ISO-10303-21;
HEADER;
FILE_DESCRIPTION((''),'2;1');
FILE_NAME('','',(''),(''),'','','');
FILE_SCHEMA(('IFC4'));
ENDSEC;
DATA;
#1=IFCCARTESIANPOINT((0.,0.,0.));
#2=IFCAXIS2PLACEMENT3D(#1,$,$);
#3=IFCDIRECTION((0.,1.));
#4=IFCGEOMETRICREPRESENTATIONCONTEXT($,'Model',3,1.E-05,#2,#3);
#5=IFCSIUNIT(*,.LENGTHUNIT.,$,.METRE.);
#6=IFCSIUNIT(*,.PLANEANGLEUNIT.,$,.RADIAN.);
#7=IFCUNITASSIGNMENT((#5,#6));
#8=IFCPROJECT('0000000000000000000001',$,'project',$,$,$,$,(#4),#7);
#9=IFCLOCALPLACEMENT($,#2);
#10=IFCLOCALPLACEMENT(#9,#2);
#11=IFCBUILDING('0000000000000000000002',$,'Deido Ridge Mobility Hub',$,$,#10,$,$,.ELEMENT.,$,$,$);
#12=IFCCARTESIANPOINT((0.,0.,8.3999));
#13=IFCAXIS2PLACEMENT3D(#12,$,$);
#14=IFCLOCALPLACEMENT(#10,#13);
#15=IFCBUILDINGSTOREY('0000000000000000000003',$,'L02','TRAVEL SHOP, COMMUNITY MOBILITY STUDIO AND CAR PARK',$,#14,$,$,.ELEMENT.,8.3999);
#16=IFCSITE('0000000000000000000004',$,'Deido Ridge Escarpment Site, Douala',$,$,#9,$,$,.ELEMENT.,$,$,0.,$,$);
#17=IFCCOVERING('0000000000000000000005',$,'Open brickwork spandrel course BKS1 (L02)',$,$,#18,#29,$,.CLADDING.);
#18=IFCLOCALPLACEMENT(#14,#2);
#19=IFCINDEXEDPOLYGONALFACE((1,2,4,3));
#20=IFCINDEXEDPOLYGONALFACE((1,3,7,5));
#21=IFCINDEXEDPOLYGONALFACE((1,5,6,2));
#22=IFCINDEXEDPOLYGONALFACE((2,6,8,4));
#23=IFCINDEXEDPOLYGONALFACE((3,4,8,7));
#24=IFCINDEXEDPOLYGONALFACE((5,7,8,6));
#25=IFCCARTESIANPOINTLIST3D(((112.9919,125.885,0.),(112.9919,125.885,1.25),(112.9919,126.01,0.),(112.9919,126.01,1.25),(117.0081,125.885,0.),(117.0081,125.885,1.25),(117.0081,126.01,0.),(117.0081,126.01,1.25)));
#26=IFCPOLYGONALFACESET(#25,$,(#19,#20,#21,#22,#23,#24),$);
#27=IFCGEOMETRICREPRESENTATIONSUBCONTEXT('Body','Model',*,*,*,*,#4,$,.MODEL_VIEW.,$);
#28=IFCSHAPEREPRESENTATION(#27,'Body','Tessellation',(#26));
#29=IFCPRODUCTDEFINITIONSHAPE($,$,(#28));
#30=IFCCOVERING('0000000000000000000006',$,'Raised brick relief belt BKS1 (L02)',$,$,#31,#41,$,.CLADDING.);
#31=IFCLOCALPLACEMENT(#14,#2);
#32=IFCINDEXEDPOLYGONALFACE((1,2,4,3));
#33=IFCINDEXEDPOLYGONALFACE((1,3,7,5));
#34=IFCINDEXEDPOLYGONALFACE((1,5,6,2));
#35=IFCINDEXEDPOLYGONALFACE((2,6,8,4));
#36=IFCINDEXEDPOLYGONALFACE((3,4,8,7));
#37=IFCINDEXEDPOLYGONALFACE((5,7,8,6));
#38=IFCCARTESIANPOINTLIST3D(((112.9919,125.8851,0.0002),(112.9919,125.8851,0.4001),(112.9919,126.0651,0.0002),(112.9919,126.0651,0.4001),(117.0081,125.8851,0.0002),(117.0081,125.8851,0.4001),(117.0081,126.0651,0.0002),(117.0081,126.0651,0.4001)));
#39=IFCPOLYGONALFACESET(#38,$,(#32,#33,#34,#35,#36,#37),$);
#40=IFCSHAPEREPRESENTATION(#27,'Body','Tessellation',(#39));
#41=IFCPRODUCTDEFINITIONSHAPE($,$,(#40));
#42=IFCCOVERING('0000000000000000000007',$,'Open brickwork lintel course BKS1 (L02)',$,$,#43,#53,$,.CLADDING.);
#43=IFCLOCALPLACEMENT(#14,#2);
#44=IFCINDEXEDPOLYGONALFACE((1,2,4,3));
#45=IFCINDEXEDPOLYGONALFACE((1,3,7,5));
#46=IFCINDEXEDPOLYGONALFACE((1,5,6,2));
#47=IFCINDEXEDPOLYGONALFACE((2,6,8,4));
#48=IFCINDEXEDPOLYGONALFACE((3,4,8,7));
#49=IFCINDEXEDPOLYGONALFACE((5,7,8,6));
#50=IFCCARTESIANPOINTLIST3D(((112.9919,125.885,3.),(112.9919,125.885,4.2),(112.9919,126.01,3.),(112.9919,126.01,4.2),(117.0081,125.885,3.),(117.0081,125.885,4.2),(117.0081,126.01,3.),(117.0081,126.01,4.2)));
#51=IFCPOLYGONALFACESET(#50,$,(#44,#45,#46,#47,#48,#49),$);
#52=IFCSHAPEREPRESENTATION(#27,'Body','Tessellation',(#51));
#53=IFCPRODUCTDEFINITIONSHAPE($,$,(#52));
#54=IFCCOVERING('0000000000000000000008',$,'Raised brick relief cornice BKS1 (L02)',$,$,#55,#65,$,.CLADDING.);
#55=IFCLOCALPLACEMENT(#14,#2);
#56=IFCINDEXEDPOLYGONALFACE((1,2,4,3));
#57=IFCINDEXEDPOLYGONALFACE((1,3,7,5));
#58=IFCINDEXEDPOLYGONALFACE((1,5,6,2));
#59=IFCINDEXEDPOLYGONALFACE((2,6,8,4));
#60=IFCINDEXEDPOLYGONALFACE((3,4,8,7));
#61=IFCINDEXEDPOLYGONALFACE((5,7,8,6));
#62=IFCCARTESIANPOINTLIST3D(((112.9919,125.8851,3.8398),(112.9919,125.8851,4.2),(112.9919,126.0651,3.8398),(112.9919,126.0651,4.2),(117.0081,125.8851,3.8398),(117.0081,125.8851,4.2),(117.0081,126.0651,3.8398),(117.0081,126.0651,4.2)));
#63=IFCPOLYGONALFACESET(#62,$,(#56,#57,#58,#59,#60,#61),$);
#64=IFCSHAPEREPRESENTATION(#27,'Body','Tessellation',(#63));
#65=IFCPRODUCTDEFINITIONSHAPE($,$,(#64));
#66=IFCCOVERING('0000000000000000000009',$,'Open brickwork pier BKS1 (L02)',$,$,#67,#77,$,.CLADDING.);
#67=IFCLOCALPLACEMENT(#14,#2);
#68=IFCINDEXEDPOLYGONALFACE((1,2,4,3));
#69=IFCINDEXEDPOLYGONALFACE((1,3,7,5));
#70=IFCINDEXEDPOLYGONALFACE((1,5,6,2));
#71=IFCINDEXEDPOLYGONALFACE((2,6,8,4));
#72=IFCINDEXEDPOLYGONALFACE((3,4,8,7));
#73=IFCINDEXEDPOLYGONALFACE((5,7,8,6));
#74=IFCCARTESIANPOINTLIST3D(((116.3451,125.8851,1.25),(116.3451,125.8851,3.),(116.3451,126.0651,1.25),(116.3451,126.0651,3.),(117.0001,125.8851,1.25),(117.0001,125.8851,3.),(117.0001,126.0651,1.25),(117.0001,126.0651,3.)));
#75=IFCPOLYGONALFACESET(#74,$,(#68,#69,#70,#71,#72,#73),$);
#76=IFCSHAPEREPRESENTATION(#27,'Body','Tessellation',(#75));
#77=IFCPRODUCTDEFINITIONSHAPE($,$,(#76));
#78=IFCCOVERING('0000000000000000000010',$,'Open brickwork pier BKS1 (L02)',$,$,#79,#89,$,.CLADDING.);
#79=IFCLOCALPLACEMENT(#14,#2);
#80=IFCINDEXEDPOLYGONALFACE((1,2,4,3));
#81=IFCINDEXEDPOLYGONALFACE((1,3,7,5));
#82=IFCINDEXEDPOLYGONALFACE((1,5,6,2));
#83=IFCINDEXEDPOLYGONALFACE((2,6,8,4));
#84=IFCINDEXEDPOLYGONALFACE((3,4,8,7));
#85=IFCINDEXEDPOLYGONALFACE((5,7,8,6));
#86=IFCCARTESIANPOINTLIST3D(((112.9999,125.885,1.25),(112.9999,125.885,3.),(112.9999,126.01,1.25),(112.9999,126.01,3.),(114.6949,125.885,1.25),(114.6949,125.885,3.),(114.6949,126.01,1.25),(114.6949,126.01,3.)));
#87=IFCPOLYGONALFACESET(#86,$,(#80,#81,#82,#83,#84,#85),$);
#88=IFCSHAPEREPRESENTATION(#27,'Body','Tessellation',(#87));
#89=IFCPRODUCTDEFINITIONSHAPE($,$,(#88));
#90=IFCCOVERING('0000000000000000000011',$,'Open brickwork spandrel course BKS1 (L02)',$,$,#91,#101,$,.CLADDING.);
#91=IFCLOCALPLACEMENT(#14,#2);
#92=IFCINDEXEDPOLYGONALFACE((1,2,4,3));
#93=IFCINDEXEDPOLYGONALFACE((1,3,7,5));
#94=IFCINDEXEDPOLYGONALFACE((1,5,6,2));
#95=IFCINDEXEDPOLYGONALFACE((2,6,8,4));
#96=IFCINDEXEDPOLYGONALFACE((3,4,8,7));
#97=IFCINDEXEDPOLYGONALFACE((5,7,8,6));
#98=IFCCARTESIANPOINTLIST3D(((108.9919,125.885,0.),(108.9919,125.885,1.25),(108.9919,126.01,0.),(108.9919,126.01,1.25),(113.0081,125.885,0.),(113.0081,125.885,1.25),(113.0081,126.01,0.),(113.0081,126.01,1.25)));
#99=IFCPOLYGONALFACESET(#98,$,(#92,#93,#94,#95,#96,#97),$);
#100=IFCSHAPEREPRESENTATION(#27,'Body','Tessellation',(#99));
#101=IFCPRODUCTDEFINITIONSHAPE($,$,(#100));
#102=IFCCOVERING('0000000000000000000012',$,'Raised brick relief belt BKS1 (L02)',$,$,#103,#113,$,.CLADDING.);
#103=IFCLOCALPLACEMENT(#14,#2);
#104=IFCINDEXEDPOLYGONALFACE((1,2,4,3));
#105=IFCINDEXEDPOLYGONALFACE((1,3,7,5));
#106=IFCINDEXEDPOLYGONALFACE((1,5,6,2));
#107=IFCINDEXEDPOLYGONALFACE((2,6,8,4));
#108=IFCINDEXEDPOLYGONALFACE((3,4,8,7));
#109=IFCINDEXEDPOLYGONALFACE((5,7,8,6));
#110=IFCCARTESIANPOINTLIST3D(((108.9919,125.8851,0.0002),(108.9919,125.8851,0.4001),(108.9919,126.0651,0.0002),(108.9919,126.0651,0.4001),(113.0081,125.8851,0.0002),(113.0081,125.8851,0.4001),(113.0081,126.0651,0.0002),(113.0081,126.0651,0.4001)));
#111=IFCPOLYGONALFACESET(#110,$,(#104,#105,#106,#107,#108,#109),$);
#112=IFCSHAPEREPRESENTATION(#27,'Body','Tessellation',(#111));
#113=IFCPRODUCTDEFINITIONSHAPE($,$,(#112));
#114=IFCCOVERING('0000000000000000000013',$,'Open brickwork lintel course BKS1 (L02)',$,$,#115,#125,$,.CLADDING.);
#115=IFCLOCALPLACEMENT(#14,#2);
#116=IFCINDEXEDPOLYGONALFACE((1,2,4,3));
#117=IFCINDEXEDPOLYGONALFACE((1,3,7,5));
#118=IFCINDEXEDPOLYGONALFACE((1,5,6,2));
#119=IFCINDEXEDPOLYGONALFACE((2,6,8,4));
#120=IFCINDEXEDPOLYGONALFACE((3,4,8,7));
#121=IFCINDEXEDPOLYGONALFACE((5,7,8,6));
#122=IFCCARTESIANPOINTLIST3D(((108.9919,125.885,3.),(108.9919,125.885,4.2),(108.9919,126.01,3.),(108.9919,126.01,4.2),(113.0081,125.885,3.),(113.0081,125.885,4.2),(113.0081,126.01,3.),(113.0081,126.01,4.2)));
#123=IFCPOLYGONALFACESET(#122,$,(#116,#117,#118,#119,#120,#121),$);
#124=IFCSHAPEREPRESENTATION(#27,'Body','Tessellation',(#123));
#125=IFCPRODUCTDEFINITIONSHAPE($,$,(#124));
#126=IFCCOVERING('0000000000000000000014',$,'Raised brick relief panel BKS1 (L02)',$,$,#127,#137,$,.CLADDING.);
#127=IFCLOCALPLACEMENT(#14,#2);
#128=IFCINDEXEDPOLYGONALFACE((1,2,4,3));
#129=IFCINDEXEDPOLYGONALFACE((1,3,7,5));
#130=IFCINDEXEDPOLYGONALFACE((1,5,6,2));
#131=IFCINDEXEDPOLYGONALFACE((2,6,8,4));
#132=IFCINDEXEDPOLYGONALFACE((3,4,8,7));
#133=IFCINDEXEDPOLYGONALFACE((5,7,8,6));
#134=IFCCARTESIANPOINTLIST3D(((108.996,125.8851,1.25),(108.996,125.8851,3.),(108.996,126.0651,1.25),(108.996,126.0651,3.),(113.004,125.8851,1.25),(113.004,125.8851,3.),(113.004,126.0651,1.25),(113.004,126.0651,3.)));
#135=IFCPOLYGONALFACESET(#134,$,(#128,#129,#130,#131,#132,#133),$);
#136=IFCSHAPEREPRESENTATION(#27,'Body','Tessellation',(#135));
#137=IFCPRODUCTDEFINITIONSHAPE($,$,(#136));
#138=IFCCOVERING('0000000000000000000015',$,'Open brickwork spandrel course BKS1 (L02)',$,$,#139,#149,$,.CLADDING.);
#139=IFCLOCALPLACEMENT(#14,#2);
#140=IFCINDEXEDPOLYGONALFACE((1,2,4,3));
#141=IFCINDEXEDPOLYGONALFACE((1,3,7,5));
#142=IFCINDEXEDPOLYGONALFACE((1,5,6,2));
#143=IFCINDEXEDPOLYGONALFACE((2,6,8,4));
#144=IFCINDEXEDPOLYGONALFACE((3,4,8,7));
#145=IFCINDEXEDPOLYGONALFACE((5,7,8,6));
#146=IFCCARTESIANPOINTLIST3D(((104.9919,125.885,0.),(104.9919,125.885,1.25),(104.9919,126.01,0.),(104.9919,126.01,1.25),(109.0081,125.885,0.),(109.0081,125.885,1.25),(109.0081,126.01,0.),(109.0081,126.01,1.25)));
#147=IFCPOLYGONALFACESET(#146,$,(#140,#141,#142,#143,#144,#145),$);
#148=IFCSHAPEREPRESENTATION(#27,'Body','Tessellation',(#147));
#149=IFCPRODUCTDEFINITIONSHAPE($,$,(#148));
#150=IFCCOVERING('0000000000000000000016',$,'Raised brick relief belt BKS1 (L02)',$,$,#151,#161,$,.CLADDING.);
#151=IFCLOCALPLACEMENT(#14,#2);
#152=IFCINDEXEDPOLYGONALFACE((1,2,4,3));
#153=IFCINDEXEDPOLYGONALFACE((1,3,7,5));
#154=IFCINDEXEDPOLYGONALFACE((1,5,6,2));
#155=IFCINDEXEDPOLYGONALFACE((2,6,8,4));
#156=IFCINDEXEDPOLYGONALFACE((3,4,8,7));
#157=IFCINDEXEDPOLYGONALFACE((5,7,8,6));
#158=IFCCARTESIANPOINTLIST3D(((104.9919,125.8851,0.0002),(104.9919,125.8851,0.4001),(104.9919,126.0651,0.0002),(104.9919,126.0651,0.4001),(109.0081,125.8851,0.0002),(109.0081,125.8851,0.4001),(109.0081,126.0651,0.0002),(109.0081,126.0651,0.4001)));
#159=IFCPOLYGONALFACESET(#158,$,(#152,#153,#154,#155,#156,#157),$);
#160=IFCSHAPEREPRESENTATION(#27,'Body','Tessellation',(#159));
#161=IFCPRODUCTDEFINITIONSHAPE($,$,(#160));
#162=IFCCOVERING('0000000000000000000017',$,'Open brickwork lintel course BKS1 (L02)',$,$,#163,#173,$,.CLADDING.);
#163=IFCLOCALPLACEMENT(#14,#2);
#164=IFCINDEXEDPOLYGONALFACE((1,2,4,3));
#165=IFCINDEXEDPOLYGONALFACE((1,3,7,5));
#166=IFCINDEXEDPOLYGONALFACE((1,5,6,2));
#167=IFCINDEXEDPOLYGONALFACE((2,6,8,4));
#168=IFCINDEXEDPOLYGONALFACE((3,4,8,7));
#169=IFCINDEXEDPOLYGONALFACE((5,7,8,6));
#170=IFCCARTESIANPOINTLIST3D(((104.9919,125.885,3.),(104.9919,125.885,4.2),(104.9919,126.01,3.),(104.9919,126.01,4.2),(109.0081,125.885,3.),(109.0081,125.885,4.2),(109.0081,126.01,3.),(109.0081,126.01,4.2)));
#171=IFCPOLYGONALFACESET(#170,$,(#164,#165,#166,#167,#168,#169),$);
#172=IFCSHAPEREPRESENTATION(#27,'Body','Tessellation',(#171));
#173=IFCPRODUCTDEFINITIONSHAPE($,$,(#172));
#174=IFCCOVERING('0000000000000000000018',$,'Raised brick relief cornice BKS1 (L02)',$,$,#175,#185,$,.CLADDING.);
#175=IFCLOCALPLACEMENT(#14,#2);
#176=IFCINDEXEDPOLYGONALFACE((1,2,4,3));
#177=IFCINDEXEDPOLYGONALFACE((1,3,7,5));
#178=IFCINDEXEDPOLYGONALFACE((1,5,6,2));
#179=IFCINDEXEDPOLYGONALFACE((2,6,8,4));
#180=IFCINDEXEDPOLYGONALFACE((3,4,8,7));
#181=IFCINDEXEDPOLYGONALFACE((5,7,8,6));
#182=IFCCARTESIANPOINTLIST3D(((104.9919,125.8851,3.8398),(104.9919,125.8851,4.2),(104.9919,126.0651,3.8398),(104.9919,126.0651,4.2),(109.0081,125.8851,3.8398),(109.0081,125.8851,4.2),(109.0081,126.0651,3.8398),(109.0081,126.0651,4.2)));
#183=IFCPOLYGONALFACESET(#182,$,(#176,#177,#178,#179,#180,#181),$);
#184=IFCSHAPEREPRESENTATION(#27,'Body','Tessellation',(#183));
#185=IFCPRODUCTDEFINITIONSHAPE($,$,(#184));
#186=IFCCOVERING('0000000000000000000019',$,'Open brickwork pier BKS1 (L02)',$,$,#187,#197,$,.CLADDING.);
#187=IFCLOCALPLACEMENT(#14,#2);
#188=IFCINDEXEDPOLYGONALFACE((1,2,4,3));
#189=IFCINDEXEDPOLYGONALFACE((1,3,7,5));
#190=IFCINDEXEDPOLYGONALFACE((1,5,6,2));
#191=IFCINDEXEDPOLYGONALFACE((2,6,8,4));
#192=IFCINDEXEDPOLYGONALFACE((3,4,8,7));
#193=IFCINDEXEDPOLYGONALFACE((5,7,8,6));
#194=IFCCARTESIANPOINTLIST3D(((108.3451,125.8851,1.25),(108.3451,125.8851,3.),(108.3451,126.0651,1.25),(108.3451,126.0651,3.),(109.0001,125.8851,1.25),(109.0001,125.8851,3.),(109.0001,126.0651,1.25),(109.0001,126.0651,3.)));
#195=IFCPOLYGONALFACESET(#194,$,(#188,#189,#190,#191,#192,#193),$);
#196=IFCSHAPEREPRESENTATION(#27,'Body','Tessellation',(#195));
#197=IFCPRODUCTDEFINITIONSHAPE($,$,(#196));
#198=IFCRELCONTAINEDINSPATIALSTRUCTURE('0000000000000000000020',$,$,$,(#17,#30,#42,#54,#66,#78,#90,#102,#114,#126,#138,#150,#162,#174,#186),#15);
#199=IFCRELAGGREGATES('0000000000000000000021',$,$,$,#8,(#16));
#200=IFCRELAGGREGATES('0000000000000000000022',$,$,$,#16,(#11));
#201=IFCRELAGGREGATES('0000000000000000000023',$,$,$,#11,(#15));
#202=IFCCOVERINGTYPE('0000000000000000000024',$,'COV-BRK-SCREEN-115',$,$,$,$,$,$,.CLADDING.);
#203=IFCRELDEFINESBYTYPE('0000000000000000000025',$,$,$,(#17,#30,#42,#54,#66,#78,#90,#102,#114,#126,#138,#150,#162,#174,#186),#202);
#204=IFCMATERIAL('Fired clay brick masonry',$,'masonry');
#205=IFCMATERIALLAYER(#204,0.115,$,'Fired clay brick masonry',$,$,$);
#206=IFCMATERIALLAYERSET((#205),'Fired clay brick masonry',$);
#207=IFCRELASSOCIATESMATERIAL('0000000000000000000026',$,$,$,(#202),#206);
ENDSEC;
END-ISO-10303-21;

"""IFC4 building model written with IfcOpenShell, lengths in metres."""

from ifc_helpers import new_model, si_unit, direction, frame, origin, origin_2d, place, context, subcontext, project, spatial, rectangle, extrude, material, layer, layer_set, type_object, element, save


model = new_model("IFC4")

# Units and contexts
model_context = context("Model", 3, precision=1e-05, world=origin(), true_north=direction((0.0, 1.0)))
body_context = subcontext(model_context, "Body", "Model", "MODEL_VIEW")
ifc_project = project(units=[si_unit("LENGTHUNIT", "METRE"), si_unit("PLANEANGLEUNIT", "RADIAN")], contexts=[model_context])

# Site, building, storey
site_placement = place(None, origin())
site = spatial("IfcSite", under=ifc_project, at=site_placement, Name="Deido Ridge Escarpment Site, Douala", CompositionType="ELEMENT", RefElevation=0.0)
building_placement = place(site_placement, origin())
building = spatial("IfcBuilding", under=site, at=building_placement, Name="Deido Ridge Mobility Hub", CompositionType="ELEMENT")
storey_placement = place(building_placement, frame((0.0, 0.0, 8.3999)))
storey = spatial("IfcBuildingStorey", under=building, at=storey_placement, Name="L02", Description="TRAVEL SHOP, COMMUNITY MOBILITY STUDIO AND CAR PARK", CompositionType="ELEMENT", Elevation=8.3999)

# Coverings
ifc_material_1 = material(Name="Fired clay brick masonry", Category="masonry")
ifc_layer = layer(ifc_material_1, 0.115, Name="Fired clay brick masonry")
ifc_layer_set = layer_set([ifc_layer], Name="Fired clay brick masonry")
covering_type = type_object("IfcCoveringType", Name="COV-BRK-SCREEN-115", PredefinedType="CLADDING", material=ifc_layer_set)
covering_1_placement = place(storey_placement, frame((115.0, 125.9475, 0.0), z_axis=(0.0, 0.0, 1.0), x_axis=(-1.0, 0.0, 0.0)))
element("IfcCovering", 1, at=covering_1_placement, inside=storey, type_object=covering_type, Name="Open brickwork spandrel course BKS1 (L02)", PredefinedType="CLADDING", context=body_context, shape_type="SweptSolid", body=[
    extrude(rectangle(XDim=4.0161, YDim=0.125, at=origin_2d()), origin(), (0.0, 0.0, 1.0), 1.25),
])
covering_2_placement = place(storey_placement, frame((115.0, 125.9751, 0.0002), z_axis=(0.0, 0.0, 1.0), x_axis=(-1.0, 0.0, 0.0)))
element("IfcCovering", 2, at=covering_2_placement, inside=storey, type_object=covering_type, Name="Raised brick relief belt BKS1 (L02)", PredefinedType="CLADDING", context=body_context, shape_type="SweptSolid", body=[
    extrude(rectangle(XDim=4.0161, YDim=0.1799, at=origin_2d()), origin(), (0.0, 0.0, 1.0), 0.3999),
])
covering_3_placement = place(storey_placement, frame((115.0, 125.9475, 3.0), z_axis=(0.0, 0.0, 1.0), x_axis=(-1.0, 0.0, 0.0)))
element("IfcCovering", 3, at=covering_3_placement, inside=storey, type_object=covering_type, Name="Open brickwork lintel course BKS1 (L02)", PredefinedType="CLADDING", context=body_context, shape_type="SweptSolid", body=[
    extrude(rectangle(XDim=4.0161, YDim=0.125, at=origin_2d()), origin(), (0.0, 0.0, 1.0), 1.2),
])
covering_4_placement = place(storey_placement, frame((115.0, 125.9751, 3.8398), z_axis=(0.0, 0.0, 1.0), x_axis=(-1.0, 0.0, 0.0)))
element("IfcCovering", 4, at=covering_4_placement, inside=storey, type_object=covering_type, Name="Raised brick relief cornice BKS1 (L02)", PredefinedType="CLADDING", context=body_context, shape_type="SweptSolid", body=[
    extrude(rectangle(XDim=4.0161, YDim=0.1799, at=origin_2d()), origin(), (0.0, 0.0, 1.0), 0.3601),
])
covering_5_placement = place(storey_placement, frame((116.6726, 125.9751, 1.25), z_axis=(0.0, 0.0, 1.0), x_axis=(-1.0, 0.0, 0.0)))
element("IfcCovering", 5, at=covering_5_placement, inside=storey, type_object=covering_type, Name="Open brickwork pier BKS1 (L02)", PredefinedType="CLADDING", context=body_context, shape_type="SweptSolid", body=[
    extrude(rectangle(XDim=0.655, YDim=0.1799, at=origin_2d()), origin(), (0.0, 0.0, 1.0), 1.75),
])
covering_6_placement = place(storey_placement, frame((113.8474, 125.9475, 1.25), z_axis=(0.0, 0.0, 1.0), x_axis=(-1.0, 0.0, 0.0)))
element("IfcCovering", 6, at=covering_6_placement, inside=storey, type_object=covering_type, Name="Open brickwork pier BKS1 (L02)", PredefinedType="CLADDING", context=body_context, shape_type="SweptSolid", body=[
    extrude(rectangle(XDim=1.6951, YDim=0.125, at=origin_2d()), origin(), (0.0, 0.0, 1.0), 1.75),
])
covering_7_placement = place(storey_placement, frame((111.0, 125.9475, 0.0), z_axis=(0.0, 0.0, 1.0), x_axis=(-1.0, 0.0, 0.0)))
element("IfcCovering", 7, at=covering_7_placement, inside=storey, type_object=covering_type, Name="Open brickwork spandrel course BKS1 (L02)", PredefinedType="CLADDING", context=body_context, shape_type="SweptSolid", body=[
    extrude(rectangle(XDim=4.0161, YDim=0.125, at=origin_2d()), origin(), (0.0, 0.0, 1.0), 1.25),
])
covering_8_placement = place(storey_placement, frame((111.0, 125.9751, 0.0002), z_axis=(0.0, 0.0, 1.0), x_axis=(-1.0, 0.0, 0.0)))
element("IfcCovering", 8, at=covering_8_placement, inside=storey, type_object=covering_type, Name="Raised brick relief belt BKS1 (L02)", PredefinedType="CLADDING", context=body_context, shape_type="SweptSolid", body=[
    extrude(rectangle(XDim=4.0161, YDim=0.1799, at=origin_2d()), origin(), (0.0, 0.0, 1.0), 0.3999),
])
covering_9_placement = place(storey_placement, frame((111.0, 125.9475, 3.0), z_axis=(0.0, 0.0, 1.0), x_axis=(-1.0, 0.0, 0.0)))
element("IfcCovering", 9, at=covering_9_placement, inside=storey, type_object=covering_type, Name="Open brickwork lintel course BKS1 (L02)", PredefinedType="CLADDING", context=body_context, shape_type="SweptSolid", body=[
    extrude(rectangle(XDim=4.0161, YDim=0.125, at=origin_2d()), origin(), (0.0, 0.0, 1.0), 1.2),
])
covering_10_placement = place(storey_placement, frame((111.0, 125.9751, 1.25), z_axis=(0.0, 0.0, 1.0), x_axis=(-1.0, 0.0, 0.0)))
element("IfcCovering", 10, at=covering_10_placement, inside=storey, type_object=covering_type, Name="Raised brick relief panel BKS1 (L02)", PredefinedType="CLADDING", context=body_context, shape_type="SweptSolid", body=[
    extrude(rectangle(XDim=4.0081, YDim=0.1799, at=origin_2d()), origin(), (0.0, 0.0, 1.0), 1.75),
])
covering_11_placement = place(storey_placement, frame((107.0, 125.9475, 0.0), z_axis=(0.0, 0.0, 1.0), x_axis=(-1.0, 0.0, 0.0)))
element("IfcCovering", 11, at=covering_11_placement, inside=storey, type_object=covering_type, Name="Open brickwork spandrel course BKS1 (L02)", PredefinedType="CLADDING", context=body_context, shape_type="SweptSolid", body=[
    extrude(rectangle(XDim=4.0161, YDim=0.125, at=origin_2d()), origin(), (0.0, 0.0, 1.0), 1.25),
])
covering_12_placement = place(storey_placement, frame((107.0, 125.9751, 0.0002), z_axis=(0.0, 0.0, 1.0), x_axis=(-1.0, 0.0, 0.0)))
element("IfcCovering", 12, at=covering_12_placement, inside=storey, type_object=covering_type, Name="Raised brick relief belt BKS1 (L02)", PredefinedType="CLADDING", context=body_context, shape_type="SweptSolid", body=[
    extrude(rectangle(XDim=4.0161, YDim=0.1799, at=origin_2d()), origin(), (0.0, 0.0, 1.0), 0.3999),
])
covering_13_placement = place(storey_placement, frame((107.0, 125.9475, 3.0), z_axis=(0.0, 0.0, 1.0), x_axis=(-1.0, 0.0, 0.0)))
element("IfcCovering", 13, at=covering_13_placement, inside=storey, type_object=covering_type, Name="Open brickwork lintel course BKS1 (L02)", PredefinedType="CLADDING", context=body_context, shape_type="SweptSolid", body=[
    extrude(rectangle(XDim=4.0161, YDim=0.125, at=origin_2d()), origin(), (0.0, 0.0, 1.0), 1.2),
])
covering_14_placement = place(storey_placement, frame((107.0, 125.9751, 3.8398), z_axis=(0.0, 0.0, 1.0), x_axis=(-1.0, 0.0, 0.0)))
element("IfcCovering", 14, at=covering_14_placement, inside=storey, type_object=covering_type, Name="Raised brick relief cornice BKS1 (L02)", PredefinedType="CLADDING", context=body_context, shape_type="SweptSolid", body=[
    extrude(rectangle(XDim=4.0161, YDim=0.1799, at=origin_2d()), origin(), (0.0, 0.0, 1.0), 0.3601),
])
covering_15_placement = place(storey_placement, frame((108.6726, 125.9751, 1.25), z_axis=(0.0, 0.0, 1.0), x_axis=(-1.0, 0.0, 0.0)))
element("IfcCovering", 15, at=covering_15_placement, inside=storey, type_object=covering_type, Name="Open brickwork pier BKS1 (L02)", PredefinedType="CLADDING", context=body_context, shape_type="SweptSolid", body=[
    extrude(rectangle(XDim=0.655, YDim=0.1799, at=origin_2d()), origin(), (0.0, 0.0, 1.0), 1.75),
])

save(model, "model.ifc")
